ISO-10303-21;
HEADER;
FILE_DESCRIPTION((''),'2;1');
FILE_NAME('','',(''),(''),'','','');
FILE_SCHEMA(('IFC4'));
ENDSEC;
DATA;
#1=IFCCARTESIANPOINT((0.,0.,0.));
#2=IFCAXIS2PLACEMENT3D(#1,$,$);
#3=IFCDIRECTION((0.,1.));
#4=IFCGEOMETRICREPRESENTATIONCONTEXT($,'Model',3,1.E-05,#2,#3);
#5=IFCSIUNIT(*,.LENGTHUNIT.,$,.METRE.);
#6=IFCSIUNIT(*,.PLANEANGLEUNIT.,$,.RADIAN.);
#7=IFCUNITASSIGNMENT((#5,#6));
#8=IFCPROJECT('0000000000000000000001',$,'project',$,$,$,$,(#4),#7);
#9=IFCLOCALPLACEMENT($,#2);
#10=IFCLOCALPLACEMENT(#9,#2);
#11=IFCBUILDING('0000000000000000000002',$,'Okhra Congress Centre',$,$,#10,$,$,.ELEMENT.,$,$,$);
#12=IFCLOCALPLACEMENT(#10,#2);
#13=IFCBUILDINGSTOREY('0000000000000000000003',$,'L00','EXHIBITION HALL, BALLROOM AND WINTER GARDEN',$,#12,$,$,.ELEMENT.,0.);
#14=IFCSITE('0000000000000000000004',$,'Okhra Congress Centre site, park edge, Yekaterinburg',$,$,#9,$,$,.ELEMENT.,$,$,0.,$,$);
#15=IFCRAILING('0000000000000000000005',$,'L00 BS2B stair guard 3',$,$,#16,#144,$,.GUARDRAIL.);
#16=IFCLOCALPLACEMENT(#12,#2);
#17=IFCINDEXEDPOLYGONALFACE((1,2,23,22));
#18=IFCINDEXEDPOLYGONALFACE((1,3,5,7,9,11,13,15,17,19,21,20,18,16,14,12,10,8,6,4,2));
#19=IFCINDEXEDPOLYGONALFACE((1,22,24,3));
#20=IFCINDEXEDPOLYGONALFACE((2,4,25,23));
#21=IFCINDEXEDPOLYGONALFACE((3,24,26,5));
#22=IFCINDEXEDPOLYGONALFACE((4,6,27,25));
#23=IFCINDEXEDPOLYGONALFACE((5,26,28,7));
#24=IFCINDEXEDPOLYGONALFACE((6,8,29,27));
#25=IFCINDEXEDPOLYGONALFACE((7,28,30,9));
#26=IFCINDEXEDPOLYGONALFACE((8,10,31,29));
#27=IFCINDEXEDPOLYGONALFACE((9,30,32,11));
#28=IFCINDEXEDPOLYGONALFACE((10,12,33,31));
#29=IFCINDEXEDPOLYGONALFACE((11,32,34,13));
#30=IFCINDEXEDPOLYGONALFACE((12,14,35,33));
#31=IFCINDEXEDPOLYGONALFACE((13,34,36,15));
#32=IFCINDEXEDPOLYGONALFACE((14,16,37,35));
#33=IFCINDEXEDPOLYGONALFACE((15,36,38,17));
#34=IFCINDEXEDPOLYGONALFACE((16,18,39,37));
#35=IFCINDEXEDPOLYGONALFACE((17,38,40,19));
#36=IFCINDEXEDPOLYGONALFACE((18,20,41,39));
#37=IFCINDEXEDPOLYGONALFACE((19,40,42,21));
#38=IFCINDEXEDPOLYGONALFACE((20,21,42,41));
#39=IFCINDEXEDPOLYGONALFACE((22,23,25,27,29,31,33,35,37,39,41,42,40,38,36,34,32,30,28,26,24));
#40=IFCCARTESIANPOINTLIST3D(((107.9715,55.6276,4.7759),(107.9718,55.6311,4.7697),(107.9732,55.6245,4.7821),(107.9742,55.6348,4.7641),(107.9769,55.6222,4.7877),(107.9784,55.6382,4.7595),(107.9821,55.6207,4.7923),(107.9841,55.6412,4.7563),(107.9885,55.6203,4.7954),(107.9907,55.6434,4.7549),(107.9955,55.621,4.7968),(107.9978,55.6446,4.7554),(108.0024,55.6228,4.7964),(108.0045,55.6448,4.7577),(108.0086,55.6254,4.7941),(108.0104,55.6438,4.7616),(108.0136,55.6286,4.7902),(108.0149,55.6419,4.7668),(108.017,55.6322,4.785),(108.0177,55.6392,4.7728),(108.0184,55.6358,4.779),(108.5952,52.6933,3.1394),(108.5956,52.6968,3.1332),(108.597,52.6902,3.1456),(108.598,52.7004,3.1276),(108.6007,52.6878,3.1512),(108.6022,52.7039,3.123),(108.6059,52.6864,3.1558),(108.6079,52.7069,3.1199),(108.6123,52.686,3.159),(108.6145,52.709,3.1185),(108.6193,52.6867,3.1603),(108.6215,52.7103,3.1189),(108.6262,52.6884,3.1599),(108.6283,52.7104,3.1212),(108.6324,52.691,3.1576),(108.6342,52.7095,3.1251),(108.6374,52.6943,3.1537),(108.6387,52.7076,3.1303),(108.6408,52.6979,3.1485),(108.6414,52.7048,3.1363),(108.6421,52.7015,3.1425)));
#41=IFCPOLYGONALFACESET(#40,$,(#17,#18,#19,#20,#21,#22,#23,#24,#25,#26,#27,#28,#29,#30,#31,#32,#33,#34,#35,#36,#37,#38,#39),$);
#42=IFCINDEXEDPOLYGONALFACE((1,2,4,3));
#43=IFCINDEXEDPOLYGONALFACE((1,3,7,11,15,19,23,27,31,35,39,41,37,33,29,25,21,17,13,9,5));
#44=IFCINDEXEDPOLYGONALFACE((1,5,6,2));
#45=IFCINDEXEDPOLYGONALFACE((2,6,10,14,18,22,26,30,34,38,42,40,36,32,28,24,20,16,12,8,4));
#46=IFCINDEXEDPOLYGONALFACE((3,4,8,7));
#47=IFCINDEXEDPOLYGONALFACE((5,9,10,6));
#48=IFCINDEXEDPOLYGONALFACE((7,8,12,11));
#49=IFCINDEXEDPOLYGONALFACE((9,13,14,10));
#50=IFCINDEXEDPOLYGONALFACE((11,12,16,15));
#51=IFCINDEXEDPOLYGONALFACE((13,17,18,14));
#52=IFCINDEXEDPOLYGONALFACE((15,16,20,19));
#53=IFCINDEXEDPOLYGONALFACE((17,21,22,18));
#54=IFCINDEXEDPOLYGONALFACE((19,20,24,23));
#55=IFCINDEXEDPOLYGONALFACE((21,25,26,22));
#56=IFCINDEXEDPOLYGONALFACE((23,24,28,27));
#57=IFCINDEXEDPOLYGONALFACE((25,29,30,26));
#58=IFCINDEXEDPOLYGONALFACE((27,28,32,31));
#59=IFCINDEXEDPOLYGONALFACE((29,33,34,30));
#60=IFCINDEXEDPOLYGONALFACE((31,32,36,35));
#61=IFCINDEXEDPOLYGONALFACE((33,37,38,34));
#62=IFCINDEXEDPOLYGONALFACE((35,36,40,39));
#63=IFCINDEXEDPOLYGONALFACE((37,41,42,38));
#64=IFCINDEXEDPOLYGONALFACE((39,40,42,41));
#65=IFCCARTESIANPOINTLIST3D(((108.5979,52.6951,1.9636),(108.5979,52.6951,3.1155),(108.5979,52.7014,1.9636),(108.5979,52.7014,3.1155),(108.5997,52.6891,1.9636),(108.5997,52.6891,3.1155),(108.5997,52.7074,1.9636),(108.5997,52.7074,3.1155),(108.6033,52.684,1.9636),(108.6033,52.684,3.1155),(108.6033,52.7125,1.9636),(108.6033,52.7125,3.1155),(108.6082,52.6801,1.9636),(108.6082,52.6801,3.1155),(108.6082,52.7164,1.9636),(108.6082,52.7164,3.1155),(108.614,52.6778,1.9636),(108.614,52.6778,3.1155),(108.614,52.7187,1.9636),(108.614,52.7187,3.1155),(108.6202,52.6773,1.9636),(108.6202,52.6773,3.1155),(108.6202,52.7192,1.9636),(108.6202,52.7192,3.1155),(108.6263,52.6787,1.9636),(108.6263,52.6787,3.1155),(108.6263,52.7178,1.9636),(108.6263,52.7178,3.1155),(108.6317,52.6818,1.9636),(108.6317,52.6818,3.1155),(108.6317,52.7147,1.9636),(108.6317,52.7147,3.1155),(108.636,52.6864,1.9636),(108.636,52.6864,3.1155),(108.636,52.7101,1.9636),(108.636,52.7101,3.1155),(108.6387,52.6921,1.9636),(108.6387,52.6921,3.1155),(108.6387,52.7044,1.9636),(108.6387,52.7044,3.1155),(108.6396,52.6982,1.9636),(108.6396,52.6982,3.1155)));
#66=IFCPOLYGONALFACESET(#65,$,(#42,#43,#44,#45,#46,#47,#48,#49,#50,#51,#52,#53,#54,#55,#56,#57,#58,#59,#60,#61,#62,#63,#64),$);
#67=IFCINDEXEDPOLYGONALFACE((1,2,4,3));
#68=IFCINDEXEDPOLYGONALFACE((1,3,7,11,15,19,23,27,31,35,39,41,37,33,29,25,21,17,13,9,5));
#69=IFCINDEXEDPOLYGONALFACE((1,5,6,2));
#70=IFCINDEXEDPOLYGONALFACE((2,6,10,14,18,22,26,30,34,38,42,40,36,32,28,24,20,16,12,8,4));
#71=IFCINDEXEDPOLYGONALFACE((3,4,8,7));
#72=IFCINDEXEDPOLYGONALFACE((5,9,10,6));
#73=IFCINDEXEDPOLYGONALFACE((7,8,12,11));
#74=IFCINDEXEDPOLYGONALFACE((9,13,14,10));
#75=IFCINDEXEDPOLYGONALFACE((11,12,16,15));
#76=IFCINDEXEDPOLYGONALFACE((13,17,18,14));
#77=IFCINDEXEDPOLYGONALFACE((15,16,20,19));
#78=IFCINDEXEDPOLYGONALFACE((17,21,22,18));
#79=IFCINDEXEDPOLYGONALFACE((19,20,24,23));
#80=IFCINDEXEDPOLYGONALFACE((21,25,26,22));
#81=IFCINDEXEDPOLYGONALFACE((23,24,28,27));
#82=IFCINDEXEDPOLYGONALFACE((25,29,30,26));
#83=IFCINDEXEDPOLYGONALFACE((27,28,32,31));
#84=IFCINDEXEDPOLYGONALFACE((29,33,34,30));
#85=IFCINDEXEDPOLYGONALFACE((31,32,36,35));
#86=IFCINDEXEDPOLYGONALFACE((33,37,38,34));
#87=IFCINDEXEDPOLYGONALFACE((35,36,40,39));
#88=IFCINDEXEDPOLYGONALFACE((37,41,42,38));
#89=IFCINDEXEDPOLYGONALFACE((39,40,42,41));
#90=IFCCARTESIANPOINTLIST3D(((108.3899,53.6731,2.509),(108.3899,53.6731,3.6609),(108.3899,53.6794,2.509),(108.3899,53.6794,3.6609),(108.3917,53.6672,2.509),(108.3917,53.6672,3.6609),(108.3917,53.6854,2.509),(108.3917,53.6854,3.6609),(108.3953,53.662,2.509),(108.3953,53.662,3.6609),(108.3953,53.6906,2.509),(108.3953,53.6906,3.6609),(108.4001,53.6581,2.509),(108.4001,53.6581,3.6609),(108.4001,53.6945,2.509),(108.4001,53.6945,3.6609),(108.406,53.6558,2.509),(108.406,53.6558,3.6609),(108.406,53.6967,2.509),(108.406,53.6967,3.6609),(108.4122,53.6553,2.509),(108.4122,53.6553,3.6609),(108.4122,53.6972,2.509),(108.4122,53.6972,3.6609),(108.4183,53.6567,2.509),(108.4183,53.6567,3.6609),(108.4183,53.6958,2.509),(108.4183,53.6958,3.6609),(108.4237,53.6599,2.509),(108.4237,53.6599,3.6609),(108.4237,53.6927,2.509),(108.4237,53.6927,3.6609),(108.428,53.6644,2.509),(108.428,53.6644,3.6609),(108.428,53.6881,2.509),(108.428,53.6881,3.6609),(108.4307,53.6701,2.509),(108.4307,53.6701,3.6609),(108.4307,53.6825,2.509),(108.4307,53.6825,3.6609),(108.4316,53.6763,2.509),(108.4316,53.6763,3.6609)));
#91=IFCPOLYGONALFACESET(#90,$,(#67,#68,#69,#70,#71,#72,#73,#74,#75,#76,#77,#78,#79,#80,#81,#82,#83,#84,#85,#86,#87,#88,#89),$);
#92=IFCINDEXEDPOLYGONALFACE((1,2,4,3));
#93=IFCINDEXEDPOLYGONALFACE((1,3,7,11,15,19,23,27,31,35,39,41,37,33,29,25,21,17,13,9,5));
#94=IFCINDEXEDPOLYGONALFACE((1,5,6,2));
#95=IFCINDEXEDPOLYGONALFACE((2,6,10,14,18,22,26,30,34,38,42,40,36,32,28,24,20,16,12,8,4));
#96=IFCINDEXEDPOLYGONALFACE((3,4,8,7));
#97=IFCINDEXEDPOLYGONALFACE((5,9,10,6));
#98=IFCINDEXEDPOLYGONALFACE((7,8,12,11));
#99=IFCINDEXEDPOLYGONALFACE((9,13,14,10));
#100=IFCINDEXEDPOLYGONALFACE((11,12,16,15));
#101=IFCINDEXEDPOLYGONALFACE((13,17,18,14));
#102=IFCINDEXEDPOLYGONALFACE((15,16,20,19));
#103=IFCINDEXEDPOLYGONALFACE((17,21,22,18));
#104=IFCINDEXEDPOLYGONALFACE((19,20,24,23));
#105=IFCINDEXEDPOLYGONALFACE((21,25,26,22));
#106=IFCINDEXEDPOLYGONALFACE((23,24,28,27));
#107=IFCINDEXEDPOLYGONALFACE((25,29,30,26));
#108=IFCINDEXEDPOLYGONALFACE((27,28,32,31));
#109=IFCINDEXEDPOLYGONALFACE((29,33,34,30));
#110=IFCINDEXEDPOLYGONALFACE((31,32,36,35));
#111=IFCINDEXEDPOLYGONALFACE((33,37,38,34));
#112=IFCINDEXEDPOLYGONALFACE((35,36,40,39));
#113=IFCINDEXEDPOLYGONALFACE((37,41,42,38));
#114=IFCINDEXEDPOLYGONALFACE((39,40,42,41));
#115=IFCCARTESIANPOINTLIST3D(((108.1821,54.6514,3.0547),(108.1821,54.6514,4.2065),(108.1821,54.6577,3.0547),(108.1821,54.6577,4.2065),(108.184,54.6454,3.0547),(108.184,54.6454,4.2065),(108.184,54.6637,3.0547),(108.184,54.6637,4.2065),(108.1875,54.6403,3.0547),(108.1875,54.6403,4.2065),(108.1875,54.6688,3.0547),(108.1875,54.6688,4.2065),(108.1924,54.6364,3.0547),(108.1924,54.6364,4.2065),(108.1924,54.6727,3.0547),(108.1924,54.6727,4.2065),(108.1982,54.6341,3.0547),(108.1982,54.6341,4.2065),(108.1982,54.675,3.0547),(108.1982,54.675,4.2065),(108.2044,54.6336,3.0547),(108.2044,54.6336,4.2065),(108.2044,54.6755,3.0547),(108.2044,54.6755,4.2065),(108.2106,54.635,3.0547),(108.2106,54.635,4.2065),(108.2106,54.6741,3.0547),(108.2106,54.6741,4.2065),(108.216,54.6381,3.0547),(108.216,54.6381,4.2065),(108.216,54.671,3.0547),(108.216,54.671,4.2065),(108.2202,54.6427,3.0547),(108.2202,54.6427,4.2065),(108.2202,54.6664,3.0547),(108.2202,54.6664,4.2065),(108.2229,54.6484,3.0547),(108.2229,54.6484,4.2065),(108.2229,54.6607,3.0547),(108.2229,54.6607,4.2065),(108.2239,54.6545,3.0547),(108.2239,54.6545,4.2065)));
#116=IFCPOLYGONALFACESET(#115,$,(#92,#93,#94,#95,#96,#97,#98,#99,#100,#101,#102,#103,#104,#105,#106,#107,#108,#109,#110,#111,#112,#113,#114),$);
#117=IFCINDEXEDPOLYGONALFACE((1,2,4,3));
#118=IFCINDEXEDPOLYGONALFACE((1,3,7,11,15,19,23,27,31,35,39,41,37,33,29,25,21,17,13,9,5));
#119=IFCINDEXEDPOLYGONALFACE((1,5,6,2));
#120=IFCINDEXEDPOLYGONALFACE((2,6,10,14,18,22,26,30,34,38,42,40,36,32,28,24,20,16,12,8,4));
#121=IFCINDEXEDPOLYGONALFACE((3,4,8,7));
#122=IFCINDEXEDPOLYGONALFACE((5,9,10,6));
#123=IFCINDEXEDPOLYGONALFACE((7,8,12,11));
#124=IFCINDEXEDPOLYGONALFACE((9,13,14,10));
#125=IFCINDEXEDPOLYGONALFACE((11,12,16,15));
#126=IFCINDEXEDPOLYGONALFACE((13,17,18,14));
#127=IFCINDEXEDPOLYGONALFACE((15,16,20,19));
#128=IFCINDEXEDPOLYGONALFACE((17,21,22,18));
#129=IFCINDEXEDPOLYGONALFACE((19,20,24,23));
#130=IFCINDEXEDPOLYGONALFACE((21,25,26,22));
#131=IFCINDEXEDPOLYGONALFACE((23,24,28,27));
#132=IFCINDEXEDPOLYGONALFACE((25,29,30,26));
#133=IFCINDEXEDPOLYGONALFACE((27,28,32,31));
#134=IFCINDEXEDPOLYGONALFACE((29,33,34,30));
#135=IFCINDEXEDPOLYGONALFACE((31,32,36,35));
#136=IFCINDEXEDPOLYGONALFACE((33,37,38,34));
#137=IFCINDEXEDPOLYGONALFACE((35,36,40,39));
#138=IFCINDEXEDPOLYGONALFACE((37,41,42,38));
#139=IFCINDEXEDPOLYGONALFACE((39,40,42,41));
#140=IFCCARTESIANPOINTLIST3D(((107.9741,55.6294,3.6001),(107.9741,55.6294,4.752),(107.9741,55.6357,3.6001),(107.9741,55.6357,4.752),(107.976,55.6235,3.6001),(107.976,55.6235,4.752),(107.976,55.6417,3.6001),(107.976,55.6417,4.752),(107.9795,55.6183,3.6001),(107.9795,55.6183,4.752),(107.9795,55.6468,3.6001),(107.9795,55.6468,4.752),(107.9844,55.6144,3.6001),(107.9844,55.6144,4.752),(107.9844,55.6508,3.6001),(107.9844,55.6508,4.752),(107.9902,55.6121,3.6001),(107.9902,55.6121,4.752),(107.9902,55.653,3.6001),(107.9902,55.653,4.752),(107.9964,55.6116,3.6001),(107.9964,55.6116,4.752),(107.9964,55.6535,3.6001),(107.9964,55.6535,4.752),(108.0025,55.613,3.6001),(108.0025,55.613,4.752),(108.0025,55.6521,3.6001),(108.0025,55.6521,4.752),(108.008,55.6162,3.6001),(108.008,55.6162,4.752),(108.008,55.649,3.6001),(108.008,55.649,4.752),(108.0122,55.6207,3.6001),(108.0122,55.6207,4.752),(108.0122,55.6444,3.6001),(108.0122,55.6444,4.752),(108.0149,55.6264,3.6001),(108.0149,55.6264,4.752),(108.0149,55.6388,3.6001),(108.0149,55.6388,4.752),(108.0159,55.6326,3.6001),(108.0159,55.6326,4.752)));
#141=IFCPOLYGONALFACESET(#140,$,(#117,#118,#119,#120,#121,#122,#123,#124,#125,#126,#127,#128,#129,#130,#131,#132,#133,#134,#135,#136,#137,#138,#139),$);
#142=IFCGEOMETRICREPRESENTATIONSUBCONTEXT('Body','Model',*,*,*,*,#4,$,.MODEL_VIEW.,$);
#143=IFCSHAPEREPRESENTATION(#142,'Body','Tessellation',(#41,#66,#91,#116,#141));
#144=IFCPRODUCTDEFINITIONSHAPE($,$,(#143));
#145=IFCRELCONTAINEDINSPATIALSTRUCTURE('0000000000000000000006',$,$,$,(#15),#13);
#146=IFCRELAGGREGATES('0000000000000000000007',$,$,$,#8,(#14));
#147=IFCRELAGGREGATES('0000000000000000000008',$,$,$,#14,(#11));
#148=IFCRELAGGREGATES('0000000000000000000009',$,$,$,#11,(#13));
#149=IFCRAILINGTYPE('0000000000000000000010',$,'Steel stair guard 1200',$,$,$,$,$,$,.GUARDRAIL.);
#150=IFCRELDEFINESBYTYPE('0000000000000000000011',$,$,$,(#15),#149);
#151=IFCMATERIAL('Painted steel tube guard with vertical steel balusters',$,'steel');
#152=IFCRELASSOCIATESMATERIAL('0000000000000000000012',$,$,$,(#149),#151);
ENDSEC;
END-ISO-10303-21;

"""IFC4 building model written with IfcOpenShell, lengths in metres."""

from ifc_helpers import new_model, si_unit, direction, frame, origin, origin_2d, place, context, subcontext, project, spatial, circle, extrude, material, type_object, element, save


model = new_model("IFC4")

# Units and contexts
model_context = context("Model", 3, precision=1e-05, world=origin(), true_north=direction((0.0, 1.0)))
body_context = subcontext(model_context, "Body", "Model", "MODEL_VIEW")
ifc_project = project(units=[si_unit("LENGTHUNIT", "METRE"), si_unit("PLANEANGLEUNIT", "RADIAN")], contexts=[model_context])

# Site, building, storey
site_placement = place(None, origin())
site = spatial("IfcSite", under=ifc_project, at=site_placement, Name="Okhra Congress Centre site, park edge, Yekaterinburg", CompositionType="ELEMENT", RefElevation=0.0)
building_placement = place(site_placement, origin())
building = spatial("IfcBuilding", under=site, at=building_placement, Name="Okhra Congress Centre", CompositionType="ELEMENT")
storey_placement = place(building_placement, origin())
storey = spatial("IfcBuildingStorey", under=building, at=storey_placement, Name="L00", Description="EXHIBITION HALL, BALLROOM AND WINTER GARDEN", CompositionType="ELEMENT", Elevation=0.0)

# Railing
ifc_material_1 = material(Name="Painted steel tube guard with vertical steel balusters", Category="steel")
railing_type_1 = type_object("IfcRailingType", Name="Steel stair guard 1200", PredefinedType="GUARDRAIL", material=ifc_material_1)
railing_1_placement = place(storey_placement, frame((108.6187, 52.6982, 1.9636)))
element("IfcRailing", 1, at=railing_1_placement, inside=storey, type_object=railing_type_1, Name="L00 BS2B stair guard 3", PredefinedType="GUARDRAIL", context=body_context, shape_type="SweptSolid", body=[
    extrude(circle(Radius=0.0239, at=origin_2d()), frame((0.0, 0.0, 1.1758), z_axis=(-0.18254, 0.858687, 0.47889), x_axis=(-0.978143, -0.207934, 0.0)), (0.0, 0.0, 1.0), 3.4172),
    extrude(circle(Radius=0.021, at=origin_2d()), origin(), (0.0, 0.0, 1.0), 1.1519),
    extrude(circle(Radius=0.021, at=origin_2d()), frame((-0.208, 0.978, 0.5454)), (0.0, 0.0, 1.0), 1.1519),
    extrude(circle(Radius=0.021, at=origin_2d()), frame((-0.4158, 1.9563, 1.0911)), (0.0, 0.0, 1.0), 1.1519),
    extrude(circle(Radius=0.021, at=origin_2d()), frame((-0.6238, 2.9343, 1.6365)), (0.0, 0.0, 1.0), 1.1519),
])

save(model, "model.ifc")
